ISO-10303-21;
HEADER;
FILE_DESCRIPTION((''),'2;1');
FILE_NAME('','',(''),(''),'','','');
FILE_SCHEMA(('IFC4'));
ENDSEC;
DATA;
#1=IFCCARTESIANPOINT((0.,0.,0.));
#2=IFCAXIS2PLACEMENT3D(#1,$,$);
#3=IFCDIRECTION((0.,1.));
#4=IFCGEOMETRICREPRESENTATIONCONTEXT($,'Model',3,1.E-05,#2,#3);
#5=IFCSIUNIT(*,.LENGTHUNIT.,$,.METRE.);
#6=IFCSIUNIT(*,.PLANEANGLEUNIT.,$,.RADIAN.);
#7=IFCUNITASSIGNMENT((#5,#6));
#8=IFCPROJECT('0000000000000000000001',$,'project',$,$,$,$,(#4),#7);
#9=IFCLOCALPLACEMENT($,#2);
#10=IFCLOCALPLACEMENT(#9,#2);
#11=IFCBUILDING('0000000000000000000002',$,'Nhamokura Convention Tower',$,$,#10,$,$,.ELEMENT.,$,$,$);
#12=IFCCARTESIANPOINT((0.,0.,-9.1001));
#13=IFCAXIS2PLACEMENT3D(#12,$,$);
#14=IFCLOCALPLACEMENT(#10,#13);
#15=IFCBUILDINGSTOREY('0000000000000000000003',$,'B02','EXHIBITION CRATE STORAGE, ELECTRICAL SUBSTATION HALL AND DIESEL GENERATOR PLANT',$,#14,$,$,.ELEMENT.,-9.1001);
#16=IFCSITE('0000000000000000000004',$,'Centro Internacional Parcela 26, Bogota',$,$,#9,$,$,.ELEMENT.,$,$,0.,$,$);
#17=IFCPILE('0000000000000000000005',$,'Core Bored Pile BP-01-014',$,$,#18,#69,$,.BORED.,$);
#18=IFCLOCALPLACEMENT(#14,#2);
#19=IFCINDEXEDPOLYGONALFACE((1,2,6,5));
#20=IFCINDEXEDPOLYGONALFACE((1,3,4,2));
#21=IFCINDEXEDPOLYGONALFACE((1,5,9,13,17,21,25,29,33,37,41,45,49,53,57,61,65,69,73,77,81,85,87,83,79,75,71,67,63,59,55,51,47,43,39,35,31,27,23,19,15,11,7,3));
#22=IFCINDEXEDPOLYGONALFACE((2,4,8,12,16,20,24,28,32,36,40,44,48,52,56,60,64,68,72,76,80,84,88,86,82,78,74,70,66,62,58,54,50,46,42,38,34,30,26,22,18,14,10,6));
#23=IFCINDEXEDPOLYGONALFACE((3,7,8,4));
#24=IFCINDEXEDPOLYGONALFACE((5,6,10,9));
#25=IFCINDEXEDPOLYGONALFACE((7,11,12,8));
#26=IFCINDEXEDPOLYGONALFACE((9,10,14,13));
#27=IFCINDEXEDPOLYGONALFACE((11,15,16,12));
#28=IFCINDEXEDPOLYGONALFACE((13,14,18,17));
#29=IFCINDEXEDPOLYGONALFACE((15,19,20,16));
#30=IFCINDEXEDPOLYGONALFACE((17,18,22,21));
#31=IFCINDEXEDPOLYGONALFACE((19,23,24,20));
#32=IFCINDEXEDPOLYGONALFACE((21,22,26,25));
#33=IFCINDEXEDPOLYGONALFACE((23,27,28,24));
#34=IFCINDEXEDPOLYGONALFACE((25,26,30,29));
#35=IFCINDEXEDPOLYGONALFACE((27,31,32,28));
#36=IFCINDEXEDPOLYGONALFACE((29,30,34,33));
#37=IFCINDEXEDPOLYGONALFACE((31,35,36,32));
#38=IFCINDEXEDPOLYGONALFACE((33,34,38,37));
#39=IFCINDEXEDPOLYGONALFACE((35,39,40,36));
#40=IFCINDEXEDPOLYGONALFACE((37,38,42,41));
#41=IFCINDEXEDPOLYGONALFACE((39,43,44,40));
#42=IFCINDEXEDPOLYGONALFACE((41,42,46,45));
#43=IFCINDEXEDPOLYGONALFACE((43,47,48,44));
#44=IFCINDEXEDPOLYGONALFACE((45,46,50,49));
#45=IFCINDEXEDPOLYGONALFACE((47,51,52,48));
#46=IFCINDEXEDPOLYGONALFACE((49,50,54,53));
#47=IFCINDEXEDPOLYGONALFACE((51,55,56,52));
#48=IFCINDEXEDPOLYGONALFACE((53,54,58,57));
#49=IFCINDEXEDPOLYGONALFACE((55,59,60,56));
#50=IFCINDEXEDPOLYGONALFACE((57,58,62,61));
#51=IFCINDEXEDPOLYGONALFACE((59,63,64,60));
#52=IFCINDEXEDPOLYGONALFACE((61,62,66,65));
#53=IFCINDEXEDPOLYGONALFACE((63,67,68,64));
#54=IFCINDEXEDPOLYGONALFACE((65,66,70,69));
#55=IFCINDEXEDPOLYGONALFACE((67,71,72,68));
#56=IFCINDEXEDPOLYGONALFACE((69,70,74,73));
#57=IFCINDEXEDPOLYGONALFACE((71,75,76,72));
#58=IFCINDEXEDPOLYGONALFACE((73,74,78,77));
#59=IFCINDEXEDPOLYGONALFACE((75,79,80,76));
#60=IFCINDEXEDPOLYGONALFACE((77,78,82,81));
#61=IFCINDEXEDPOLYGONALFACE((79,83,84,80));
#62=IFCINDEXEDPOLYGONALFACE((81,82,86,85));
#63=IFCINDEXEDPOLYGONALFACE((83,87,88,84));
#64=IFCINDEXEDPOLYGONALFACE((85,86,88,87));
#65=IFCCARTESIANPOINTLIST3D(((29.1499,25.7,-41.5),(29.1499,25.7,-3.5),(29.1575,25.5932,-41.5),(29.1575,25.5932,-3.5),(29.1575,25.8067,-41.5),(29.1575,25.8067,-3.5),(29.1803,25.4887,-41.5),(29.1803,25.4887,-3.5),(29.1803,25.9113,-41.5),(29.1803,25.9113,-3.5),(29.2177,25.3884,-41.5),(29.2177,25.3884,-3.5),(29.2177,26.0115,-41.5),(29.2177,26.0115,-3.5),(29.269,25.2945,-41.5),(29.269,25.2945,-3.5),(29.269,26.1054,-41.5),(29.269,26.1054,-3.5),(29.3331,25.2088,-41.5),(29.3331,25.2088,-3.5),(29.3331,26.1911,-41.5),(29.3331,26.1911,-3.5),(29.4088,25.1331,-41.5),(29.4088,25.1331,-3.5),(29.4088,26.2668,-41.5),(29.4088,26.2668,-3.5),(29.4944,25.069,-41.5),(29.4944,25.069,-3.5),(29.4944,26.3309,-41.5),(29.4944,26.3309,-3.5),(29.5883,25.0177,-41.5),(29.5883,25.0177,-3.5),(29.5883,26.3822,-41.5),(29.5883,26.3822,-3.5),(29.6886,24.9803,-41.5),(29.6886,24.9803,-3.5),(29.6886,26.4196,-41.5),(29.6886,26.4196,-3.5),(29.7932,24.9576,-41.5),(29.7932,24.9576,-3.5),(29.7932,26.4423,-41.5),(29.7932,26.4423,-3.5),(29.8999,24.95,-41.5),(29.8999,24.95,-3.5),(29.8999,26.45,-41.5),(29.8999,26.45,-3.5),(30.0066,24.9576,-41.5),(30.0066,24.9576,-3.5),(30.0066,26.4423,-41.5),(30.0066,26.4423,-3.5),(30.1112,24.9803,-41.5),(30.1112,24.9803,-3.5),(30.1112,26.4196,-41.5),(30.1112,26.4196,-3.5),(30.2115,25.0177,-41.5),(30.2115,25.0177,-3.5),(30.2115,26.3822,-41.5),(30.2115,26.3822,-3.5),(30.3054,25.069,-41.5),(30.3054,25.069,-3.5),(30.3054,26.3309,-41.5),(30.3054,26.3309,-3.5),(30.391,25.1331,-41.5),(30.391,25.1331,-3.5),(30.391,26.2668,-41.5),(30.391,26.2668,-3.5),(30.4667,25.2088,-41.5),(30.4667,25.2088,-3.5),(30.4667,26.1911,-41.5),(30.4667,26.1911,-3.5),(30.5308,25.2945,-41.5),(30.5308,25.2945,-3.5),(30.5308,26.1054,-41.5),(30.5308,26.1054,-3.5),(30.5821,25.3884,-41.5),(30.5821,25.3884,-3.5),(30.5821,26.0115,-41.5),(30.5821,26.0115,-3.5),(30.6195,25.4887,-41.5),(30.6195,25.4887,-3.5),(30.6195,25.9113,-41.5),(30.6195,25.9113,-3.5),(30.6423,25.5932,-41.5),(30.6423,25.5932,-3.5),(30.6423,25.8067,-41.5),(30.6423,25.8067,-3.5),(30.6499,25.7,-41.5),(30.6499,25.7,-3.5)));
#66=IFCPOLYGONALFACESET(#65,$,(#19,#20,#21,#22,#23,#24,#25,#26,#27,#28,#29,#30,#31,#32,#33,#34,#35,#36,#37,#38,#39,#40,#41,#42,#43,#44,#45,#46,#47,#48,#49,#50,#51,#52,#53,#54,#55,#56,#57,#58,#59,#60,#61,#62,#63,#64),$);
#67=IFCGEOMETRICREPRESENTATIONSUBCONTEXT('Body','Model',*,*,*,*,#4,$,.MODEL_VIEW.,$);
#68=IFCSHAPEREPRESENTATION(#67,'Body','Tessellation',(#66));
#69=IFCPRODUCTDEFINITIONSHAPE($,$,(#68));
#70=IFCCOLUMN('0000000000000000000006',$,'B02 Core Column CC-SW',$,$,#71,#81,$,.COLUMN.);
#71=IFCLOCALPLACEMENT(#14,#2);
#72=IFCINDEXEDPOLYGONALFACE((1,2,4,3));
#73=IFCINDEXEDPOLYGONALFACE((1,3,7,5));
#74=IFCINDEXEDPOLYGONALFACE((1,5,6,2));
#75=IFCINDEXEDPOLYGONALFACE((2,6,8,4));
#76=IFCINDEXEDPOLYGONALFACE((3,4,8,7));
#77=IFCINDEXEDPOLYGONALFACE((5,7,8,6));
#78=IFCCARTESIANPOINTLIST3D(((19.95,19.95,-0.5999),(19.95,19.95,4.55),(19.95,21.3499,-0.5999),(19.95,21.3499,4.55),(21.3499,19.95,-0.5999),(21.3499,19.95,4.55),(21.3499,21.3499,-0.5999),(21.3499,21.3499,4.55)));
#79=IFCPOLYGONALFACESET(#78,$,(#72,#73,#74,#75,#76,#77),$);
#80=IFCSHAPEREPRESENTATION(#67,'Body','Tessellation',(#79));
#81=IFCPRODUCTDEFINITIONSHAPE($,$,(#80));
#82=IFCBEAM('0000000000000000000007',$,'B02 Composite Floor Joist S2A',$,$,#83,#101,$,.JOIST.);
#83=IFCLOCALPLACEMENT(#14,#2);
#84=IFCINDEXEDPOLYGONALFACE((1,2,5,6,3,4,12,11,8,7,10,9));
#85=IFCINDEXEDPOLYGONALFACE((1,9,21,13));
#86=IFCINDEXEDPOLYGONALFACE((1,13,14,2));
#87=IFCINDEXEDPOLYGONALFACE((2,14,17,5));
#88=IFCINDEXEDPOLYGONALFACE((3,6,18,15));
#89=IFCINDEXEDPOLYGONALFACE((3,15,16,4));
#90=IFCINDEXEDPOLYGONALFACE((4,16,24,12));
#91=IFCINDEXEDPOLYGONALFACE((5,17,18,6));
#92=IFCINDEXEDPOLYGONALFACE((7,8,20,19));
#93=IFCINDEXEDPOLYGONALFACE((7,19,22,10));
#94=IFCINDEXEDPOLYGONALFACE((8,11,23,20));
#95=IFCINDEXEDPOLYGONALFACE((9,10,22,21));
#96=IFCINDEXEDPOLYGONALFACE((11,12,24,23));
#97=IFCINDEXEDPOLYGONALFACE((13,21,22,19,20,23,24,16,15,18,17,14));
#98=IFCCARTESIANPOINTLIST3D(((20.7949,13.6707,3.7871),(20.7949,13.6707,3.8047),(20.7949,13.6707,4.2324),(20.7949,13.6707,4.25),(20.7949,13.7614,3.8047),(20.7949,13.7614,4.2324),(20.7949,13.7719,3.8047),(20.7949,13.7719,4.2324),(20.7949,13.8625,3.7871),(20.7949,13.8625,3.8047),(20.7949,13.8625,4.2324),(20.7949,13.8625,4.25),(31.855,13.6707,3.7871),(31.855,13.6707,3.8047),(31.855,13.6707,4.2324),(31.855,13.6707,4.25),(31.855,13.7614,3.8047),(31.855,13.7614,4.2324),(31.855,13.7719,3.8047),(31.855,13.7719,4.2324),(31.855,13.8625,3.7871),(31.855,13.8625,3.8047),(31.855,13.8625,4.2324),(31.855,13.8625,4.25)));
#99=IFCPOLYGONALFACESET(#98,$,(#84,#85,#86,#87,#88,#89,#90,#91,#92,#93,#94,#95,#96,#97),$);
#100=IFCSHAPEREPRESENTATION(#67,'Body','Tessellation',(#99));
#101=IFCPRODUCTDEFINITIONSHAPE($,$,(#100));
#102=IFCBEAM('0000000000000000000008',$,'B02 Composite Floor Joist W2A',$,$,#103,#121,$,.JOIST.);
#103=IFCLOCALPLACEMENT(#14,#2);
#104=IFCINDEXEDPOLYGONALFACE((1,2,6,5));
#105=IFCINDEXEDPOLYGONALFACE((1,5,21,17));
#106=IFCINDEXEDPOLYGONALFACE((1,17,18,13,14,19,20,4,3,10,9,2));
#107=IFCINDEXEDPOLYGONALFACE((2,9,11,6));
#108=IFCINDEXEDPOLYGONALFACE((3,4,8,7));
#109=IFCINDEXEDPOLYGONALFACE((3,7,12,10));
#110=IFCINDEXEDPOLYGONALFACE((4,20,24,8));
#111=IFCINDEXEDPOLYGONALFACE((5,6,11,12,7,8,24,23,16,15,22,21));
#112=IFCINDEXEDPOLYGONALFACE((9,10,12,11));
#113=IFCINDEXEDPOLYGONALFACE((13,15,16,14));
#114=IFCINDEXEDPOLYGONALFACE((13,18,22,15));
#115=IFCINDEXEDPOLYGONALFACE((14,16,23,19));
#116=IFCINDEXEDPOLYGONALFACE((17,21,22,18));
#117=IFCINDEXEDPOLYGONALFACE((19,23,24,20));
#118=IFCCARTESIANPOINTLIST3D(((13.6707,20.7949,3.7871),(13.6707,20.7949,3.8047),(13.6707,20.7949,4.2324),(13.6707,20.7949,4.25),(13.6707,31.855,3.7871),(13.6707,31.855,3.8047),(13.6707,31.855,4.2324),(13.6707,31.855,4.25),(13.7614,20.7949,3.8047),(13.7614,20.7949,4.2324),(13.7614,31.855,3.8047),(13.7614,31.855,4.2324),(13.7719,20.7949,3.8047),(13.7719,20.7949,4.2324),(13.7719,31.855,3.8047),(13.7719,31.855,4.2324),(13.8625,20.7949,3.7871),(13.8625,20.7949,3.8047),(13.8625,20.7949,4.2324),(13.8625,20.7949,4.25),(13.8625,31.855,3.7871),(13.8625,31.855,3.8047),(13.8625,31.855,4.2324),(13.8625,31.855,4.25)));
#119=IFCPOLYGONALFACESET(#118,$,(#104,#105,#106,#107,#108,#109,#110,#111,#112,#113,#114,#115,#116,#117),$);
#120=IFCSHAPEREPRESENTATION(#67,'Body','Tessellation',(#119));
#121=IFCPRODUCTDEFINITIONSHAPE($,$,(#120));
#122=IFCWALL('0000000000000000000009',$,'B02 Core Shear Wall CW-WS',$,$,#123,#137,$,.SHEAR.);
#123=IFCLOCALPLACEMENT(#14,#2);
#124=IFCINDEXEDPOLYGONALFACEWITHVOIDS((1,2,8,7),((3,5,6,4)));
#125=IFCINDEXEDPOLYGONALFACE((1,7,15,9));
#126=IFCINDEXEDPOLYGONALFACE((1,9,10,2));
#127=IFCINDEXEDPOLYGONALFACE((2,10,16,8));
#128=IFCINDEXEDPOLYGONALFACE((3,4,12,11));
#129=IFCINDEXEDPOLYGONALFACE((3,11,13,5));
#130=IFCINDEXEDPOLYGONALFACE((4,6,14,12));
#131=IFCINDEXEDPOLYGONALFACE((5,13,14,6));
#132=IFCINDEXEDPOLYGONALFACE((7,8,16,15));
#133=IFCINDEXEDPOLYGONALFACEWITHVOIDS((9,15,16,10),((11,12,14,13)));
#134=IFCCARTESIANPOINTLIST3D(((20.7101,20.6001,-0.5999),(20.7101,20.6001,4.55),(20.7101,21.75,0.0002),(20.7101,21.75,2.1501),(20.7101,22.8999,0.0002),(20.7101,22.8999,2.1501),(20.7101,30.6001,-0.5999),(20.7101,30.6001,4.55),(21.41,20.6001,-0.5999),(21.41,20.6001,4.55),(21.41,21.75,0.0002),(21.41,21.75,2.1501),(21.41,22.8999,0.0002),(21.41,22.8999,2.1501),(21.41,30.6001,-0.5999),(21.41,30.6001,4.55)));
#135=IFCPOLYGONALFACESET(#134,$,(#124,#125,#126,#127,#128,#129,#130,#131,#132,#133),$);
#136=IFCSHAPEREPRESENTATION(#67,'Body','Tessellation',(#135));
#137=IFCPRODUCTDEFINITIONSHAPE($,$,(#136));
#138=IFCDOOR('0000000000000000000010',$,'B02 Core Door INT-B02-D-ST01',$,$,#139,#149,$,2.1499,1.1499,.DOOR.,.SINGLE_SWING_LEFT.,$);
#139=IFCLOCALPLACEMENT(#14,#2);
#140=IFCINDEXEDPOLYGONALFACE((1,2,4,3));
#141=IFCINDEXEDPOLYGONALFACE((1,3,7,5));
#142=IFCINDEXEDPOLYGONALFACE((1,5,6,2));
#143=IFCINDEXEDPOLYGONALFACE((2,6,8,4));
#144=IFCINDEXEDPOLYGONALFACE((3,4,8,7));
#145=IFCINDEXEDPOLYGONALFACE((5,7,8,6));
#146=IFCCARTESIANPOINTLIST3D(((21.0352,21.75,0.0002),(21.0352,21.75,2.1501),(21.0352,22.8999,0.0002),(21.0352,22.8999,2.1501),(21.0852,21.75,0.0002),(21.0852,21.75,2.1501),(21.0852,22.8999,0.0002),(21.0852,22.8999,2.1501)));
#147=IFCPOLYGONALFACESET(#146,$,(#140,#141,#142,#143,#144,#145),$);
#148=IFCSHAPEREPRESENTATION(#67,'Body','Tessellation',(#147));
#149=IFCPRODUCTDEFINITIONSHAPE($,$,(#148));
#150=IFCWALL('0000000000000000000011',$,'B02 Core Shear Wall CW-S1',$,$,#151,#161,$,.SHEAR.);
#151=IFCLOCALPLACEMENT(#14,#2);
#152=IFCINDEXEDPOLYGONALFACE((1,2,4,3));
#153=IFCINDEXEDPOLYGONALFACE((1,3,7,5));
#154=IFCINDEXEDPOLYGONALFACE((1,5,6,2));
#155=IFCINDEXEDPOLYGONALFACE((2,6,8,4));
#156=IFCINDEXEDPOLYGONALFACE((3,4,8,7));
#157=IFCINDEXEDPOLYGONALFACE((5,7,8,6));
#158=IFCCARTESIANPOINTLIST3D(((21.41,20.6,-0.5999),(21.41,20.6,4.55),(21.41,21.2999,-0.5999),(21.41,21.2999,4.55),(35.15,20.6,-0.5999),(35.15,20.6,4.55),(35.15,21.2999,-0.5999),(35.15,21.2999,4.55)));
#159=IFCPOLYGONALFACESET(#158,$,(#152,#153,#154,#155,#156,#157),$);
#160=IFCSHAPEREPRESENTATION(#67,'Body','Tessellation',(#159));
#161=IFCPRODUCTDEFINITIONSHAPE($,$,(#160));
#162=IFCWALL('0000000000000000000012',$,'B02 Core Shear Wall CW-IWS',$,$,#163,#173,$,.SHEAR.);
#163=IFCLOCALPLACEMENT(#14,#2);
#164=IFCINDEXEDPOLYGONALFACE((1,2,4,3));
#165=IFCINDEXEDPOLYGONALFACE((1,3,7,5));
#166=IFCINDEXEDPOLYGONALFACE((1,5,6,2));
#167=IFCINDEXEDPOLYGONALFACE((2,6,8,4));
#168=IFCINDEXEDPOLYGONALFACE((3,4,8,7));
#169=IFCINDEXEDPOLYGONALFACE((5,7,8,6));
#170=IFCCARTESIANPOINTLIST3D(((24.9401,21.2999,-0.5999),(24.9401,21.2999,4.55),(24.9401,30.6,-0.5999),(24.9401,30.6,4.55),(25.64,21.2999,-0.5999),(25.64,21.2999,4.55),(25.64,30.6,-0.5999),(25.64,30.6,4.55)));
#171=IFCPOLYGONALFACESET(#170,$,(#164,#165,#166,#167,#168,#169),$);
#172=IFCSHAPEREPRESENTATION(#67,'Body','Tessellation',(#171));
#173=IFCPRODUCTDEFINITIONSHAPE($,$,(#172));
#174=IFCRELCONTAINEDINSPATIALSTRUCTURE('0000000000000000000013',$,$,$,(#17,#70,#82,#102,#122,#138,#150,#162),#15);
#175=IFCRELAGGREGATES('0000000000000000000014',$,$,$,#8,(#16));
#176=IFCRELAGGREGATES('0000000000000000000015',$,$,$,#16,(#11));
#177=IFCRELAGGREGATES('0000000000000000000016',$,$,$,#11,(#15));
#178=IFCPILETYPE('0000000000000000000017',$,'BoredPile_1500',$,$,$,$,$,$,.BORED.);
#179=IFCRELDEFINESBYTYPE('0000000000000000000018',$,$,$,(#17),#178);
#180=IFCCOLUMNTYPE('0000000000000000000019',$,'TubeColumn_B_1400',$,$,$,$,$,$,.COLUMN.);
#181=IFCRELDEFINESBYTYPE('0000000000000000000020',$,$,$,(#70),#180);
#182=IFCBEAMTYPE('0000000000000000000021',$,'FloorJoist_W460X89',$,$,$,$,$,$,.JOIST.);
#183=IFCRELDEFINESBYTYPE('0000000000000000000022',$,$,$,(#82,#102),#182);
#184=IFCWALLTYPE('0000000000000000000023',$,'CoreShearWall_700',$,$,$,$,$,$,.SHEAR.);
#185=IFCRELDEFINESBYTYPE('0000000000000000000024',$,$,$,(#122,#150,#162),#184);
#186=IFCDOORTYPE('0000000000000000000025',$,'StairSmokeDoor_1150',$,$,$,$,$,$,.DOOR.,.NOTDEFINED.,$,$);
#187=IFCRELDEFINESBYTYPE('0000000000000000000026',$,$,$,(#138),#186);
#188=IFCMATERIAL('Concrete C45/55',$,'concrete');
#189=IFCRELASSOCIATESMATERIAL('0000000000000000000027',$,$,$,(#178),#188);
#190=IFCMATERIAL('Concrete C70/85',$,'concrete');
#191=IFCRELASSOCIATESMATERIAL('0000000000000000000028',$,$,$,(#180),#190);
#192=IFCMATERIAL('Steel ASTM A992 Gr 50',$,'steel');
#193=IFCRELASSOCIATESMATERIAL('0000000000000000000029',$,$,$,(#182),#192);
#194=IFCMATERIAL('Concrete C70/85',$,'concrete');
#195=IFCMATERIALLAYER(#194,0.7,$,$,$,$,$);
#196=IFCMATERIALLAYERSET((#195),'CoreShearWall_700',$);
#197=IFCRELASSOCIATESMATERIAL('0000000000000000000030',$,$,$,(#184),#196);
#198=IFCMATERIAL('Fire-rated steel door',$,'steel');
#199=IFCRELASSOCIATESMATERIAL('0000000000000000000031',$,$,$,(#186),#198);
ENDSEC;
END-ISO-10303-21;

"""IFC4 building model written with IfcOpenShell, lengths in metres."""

from ifc_helpers import new_model, si_unit, direction, frame, frame_2d, origin, origin_2d, place, context, subcontext, project, spatial, rectangle, circle, i_section, extrude, material, layer, layer_set, material_profile, profile_set, type_object, element, fill, save


model = new_model("IFC4")

# Units and contexts
model_context = context("Model", 3, precision=1e-05, world=origin(), true_north=direction((0.0, 1.0)))
body_context = subcontext(model_context, "Body", "Model", "MODEL_VIEW")
ifc_project = project(units=[si_unit("LENGTHUNIT", "METRE"), si_unit("PLANEANGLEUNIT", "RADIAN")], contexts=[model_context])

# Site, building, storey
site_placement = place(None, origin())
site = spatial("IfcSite", under=ifc_project, at=site_placement, Name="Centro Internacional Parcela 26, Bogota", CompositionType="ELEMENT", RefElevation=0.0)
building_placement = place(site_placement, origin())
building = spatial("IfcBuilding", under=site, at=building_placement, Name="Nhamokura Convention Tower", CompositionType="ELEMENT")
storey_placement = place(building_placement, frame((0.0, 0.0, -9.1001)))
storey = spatial("IfcBuildingStorey", under=building, at=storey_placement, Name="B02", Description="EXHIBITION CRATE STORAGE, ELECTRICAL SUBSTATION HALL AND DIESEL GENERATOR PLANT", CompositionType="ELEMENT", Elevation=-9.1001)

# Pile
ifc_material_1 = material(Name="Concrete C45/55", Category="concrete")
ifc_material_profile_1 = material_profile(ifc_material_1, circle(Radius=0.75, at=origin_2d()))
ifc_profile_set_1 = profile_set([ifc_material_profile_1], Name="Concrete C45/55")
pile_type_1 = type_object("IfcPileType", Name="BoredPile_1500", PredefinedType="BORED", material=ifc_profile_set_1)
for number, where, z_axis, x_axis, name in (
    (1, (29.8999, 25.7, -3.5), (0.0, 0.0, -1.0), (1.0, 0.0, 0.0), "Core Bored Pile BP-01-014"),
):
    element("IfcPile", number, at=place(storey_placement, frame(where, z_axis=z_axis, x_axis=x_axis)), inside=storey, type_object=pile_type_1, Name=name, PredefinedType="BORED", context=body_context, shape_type="SweptSolid", body=[
        extrude(circle(Radius=0.75, at=origin_2d()), origin(), (0.0, 0.0, 1.0), 38.0),
    ])

# Column
ifc_material_2 = material(Name="Concrete C70/85", Category="concrete")
ifc_material_profile_2 = material_profile(ifc_material_2, rectangle(XDim=1.3999, YDim=1.3999, at=origin_2d()))
ifc_profile_set_2 = profile_set([ifc_material_profile_2], Name="Concrete C70/85")
column_type = type_object("IfcColumnType", Name="TubeColumn_B_1400", PredefinedType="COLUMN", material=ifc_profile_set_2)
column_placement = place(storey_placement, frame((20.6499, 20.6499, -0.5999), z_axis=(0.0, 0.0, 1.0), x_axis=(1.0, 0.0, 0.0)))
element("IfcColumn", 2, at=column_placement, inside=storey, type_object=column_type, Name="B02 Core Column CC-SW", PredefinedType="COLUMN", context=body_context, shape_type="SweptSolid", body=[
    extrude(rectangle(XDim=1.3999, YDim=1.3999, at=origin_2d()), origin(), (0.0, 0.0, 1.0), 5.1499),
])

# Beams
ifc_material_3 = material(Name="Steel ASTM A992 Gr 50", Category="steel")
ifc_material_profile_3 = material_profile(ifc_material_3, i_section(OverallWidth=0.1919, OverallDepth=0.4629, WebThickness=0.0105, FlangeThickness=0.0176, at=origin_2d()))
ifc_profile_set_3 = profile_set([ifc_material_profile_3], Name="Steel ASTM A992 Gr 50")
beam_type = type_object("IfcBeamType", Name="FloorJoist_W460X89", PredefinedType="JOIST", material=ifc_profile_set_3)
for number, where, z_axis, x_axis, name in (
    (3, (20.7949, 13.7666, 4.0186), (1.0, 0.0, 0.0), (0.0, 1.0, 0.0), "B02 Composite Floor Joist S2A"),
    (4, (13.7666, 20.7949, 4.0186), (0.0, 1.0, 0.0), (-1.0, 0.0, 0.0), "B02 Composite Floor Joist W2A"),
):
    element("IfcBeam", number, at=place(storey_placement, frame(where, z_axis=z_axis, x_axis=x_axis)), inside=storey, type_object=beam_type, Name=name, PredefinedType="JOIST", context=body_context, shape_type="SweptSolid", body=[
        extrude(i_section(OverallWidth=0.1919, OverallDepth=0.4629, WebThickness=0.0105, FlangeThickness=0.0176, at=origin_2d()), origin(), (0.0, 0.0, 1.0), 11.0601),
    ])

# Wall, opening, door
ifc_material_4 = material(Name="Concrete C70/85", Category="concrete")
ifc_layer_1 = layer(ifc_material_4, 0.7)
ifc_layer_set_1 = layer_set([ifc_layer_1], Name="CoreShearWall_700")
wall_type_1 = type_object("IfcWallType", Name="CoreShearWall_700", PredefinedType="SHEAR", material=ifc_layer_set_1)
wall_1_placement = place(storey_placement, frame((21.0601, 20.6001, -0.5999), z_axis=(0.0, 0.0, 1.0), x_axis=(0.0, 1.0, 0.0)))
wall_1 = element("IfcWall", 5, at=wall_1_placement, inside=storey, type_object=wall_type_1, Name="B02 Core Shear Wall CW-WS", PredefinedType="SHEAR", context=body_context, shape_type="SweptSolid", body=[
    extrude(rectangle(XDim=10.0, YDim=0.7, at=frame_2d((5.0, 0.0))), origin(), (0.0, 0.0, 1.0), 5.1499),
])
opening_1_placement = place(wall_1_placement, frame((1.1499, 0.0, 0.6001)))
opening_1 = element("IfcOpeningElement", 6, at=opening_1_placement, cuts=wall_1, PredefinedType="OPENING", context=body_context, shape_type="SweptSolid", body=[
    extrude(rectangle(XDim=1.1499, YDim=2.1499, at=frame_2d((0.575, 1.075))), frame((0.0, 0.3599, 0.0), z_axis=(0.0, -1.0, 0.0), x_axis=(1.0, 0.0, 0.0)), (0.0, 0.0, 1.0), 0.72),
])
ifc_material_5 = material(Name="Fire-rated steel door", Category="steel")
door_type_1 = type_object("IfcDoorType", Name="StairSmokeDoor_1150", OperationType="NOTDEFINED", PredefinedType="DOOR", material=ifc_material_5)
door_1_placement = place(opening_1_placement, origin())
door_1 = element("IfcDoor", 7, at=door_1_placement, inside=storey, type_object=door_type_1, Name="B02 Core Door INT-B02-D-ST01", OperationType="SINGLE_SWING_LEFT", OverallHeight=2.1499, OverallWidth=1.1499, PredefinedType="DOOR", context=body_context, shape_type="SweptSolid", body=[
    extrude(rectangle(XDim=1.1499, YDim=2.1499, at=frame_2d((0.575, 1.075))), frame((0.0, 0.0249, 0.0), z_axis=(0.0, -1.0, 0.0), x_axis=(1.0, 0.0, 0.0)), (0.0, 0.0, 1.0), 0.05),
])
fill(opening_1, door_1)

# Walls
wall_2_placement = place(storey_placement, frame((21.4099, 20.95, -0.5999), z_axis=(0.0, 0.0, 1.0), x_axis=(1.0, 0.0, 0.0)))
element("IfcWall", 8, at=wall_2_placement, inside=storey, type_object=wall_type_1, Name="B02 Core Shear Wall CW-S1", PredefinedType="SHEAR", context=body_context, shape_type="SweptSolid", body=[
    extrude(rectangle(XDim=13.74, YDim=0.7, at=frame_2d((6.8701, 0.0))), origin(), (0.0, 0.0, 1.0), 5.1499),
])
wall_3_placement = place(storey_placement, frame((25.29, 21.3, -0.5999), z_axis=(0.0, 0.0, 1.0), x_axis=(0.0, 1.0, 0.0)))
element("IfcWall", 9, at=wall_3_placement, inside=storey, type_object=wall_type_1, Name="B02 Core Shear Wall CW-IWS", PredefinedType="SHEAR", context=body_context, shape_type="SweptSolid", body=[
    extrude(rectangle(XDim=9.3, YDim=0.7, at=frame_2d((4.6499, 0.0))), origin(), (0.0, 0.0, 1.0), 5.1499),
])

save(model, "model.ifc")
